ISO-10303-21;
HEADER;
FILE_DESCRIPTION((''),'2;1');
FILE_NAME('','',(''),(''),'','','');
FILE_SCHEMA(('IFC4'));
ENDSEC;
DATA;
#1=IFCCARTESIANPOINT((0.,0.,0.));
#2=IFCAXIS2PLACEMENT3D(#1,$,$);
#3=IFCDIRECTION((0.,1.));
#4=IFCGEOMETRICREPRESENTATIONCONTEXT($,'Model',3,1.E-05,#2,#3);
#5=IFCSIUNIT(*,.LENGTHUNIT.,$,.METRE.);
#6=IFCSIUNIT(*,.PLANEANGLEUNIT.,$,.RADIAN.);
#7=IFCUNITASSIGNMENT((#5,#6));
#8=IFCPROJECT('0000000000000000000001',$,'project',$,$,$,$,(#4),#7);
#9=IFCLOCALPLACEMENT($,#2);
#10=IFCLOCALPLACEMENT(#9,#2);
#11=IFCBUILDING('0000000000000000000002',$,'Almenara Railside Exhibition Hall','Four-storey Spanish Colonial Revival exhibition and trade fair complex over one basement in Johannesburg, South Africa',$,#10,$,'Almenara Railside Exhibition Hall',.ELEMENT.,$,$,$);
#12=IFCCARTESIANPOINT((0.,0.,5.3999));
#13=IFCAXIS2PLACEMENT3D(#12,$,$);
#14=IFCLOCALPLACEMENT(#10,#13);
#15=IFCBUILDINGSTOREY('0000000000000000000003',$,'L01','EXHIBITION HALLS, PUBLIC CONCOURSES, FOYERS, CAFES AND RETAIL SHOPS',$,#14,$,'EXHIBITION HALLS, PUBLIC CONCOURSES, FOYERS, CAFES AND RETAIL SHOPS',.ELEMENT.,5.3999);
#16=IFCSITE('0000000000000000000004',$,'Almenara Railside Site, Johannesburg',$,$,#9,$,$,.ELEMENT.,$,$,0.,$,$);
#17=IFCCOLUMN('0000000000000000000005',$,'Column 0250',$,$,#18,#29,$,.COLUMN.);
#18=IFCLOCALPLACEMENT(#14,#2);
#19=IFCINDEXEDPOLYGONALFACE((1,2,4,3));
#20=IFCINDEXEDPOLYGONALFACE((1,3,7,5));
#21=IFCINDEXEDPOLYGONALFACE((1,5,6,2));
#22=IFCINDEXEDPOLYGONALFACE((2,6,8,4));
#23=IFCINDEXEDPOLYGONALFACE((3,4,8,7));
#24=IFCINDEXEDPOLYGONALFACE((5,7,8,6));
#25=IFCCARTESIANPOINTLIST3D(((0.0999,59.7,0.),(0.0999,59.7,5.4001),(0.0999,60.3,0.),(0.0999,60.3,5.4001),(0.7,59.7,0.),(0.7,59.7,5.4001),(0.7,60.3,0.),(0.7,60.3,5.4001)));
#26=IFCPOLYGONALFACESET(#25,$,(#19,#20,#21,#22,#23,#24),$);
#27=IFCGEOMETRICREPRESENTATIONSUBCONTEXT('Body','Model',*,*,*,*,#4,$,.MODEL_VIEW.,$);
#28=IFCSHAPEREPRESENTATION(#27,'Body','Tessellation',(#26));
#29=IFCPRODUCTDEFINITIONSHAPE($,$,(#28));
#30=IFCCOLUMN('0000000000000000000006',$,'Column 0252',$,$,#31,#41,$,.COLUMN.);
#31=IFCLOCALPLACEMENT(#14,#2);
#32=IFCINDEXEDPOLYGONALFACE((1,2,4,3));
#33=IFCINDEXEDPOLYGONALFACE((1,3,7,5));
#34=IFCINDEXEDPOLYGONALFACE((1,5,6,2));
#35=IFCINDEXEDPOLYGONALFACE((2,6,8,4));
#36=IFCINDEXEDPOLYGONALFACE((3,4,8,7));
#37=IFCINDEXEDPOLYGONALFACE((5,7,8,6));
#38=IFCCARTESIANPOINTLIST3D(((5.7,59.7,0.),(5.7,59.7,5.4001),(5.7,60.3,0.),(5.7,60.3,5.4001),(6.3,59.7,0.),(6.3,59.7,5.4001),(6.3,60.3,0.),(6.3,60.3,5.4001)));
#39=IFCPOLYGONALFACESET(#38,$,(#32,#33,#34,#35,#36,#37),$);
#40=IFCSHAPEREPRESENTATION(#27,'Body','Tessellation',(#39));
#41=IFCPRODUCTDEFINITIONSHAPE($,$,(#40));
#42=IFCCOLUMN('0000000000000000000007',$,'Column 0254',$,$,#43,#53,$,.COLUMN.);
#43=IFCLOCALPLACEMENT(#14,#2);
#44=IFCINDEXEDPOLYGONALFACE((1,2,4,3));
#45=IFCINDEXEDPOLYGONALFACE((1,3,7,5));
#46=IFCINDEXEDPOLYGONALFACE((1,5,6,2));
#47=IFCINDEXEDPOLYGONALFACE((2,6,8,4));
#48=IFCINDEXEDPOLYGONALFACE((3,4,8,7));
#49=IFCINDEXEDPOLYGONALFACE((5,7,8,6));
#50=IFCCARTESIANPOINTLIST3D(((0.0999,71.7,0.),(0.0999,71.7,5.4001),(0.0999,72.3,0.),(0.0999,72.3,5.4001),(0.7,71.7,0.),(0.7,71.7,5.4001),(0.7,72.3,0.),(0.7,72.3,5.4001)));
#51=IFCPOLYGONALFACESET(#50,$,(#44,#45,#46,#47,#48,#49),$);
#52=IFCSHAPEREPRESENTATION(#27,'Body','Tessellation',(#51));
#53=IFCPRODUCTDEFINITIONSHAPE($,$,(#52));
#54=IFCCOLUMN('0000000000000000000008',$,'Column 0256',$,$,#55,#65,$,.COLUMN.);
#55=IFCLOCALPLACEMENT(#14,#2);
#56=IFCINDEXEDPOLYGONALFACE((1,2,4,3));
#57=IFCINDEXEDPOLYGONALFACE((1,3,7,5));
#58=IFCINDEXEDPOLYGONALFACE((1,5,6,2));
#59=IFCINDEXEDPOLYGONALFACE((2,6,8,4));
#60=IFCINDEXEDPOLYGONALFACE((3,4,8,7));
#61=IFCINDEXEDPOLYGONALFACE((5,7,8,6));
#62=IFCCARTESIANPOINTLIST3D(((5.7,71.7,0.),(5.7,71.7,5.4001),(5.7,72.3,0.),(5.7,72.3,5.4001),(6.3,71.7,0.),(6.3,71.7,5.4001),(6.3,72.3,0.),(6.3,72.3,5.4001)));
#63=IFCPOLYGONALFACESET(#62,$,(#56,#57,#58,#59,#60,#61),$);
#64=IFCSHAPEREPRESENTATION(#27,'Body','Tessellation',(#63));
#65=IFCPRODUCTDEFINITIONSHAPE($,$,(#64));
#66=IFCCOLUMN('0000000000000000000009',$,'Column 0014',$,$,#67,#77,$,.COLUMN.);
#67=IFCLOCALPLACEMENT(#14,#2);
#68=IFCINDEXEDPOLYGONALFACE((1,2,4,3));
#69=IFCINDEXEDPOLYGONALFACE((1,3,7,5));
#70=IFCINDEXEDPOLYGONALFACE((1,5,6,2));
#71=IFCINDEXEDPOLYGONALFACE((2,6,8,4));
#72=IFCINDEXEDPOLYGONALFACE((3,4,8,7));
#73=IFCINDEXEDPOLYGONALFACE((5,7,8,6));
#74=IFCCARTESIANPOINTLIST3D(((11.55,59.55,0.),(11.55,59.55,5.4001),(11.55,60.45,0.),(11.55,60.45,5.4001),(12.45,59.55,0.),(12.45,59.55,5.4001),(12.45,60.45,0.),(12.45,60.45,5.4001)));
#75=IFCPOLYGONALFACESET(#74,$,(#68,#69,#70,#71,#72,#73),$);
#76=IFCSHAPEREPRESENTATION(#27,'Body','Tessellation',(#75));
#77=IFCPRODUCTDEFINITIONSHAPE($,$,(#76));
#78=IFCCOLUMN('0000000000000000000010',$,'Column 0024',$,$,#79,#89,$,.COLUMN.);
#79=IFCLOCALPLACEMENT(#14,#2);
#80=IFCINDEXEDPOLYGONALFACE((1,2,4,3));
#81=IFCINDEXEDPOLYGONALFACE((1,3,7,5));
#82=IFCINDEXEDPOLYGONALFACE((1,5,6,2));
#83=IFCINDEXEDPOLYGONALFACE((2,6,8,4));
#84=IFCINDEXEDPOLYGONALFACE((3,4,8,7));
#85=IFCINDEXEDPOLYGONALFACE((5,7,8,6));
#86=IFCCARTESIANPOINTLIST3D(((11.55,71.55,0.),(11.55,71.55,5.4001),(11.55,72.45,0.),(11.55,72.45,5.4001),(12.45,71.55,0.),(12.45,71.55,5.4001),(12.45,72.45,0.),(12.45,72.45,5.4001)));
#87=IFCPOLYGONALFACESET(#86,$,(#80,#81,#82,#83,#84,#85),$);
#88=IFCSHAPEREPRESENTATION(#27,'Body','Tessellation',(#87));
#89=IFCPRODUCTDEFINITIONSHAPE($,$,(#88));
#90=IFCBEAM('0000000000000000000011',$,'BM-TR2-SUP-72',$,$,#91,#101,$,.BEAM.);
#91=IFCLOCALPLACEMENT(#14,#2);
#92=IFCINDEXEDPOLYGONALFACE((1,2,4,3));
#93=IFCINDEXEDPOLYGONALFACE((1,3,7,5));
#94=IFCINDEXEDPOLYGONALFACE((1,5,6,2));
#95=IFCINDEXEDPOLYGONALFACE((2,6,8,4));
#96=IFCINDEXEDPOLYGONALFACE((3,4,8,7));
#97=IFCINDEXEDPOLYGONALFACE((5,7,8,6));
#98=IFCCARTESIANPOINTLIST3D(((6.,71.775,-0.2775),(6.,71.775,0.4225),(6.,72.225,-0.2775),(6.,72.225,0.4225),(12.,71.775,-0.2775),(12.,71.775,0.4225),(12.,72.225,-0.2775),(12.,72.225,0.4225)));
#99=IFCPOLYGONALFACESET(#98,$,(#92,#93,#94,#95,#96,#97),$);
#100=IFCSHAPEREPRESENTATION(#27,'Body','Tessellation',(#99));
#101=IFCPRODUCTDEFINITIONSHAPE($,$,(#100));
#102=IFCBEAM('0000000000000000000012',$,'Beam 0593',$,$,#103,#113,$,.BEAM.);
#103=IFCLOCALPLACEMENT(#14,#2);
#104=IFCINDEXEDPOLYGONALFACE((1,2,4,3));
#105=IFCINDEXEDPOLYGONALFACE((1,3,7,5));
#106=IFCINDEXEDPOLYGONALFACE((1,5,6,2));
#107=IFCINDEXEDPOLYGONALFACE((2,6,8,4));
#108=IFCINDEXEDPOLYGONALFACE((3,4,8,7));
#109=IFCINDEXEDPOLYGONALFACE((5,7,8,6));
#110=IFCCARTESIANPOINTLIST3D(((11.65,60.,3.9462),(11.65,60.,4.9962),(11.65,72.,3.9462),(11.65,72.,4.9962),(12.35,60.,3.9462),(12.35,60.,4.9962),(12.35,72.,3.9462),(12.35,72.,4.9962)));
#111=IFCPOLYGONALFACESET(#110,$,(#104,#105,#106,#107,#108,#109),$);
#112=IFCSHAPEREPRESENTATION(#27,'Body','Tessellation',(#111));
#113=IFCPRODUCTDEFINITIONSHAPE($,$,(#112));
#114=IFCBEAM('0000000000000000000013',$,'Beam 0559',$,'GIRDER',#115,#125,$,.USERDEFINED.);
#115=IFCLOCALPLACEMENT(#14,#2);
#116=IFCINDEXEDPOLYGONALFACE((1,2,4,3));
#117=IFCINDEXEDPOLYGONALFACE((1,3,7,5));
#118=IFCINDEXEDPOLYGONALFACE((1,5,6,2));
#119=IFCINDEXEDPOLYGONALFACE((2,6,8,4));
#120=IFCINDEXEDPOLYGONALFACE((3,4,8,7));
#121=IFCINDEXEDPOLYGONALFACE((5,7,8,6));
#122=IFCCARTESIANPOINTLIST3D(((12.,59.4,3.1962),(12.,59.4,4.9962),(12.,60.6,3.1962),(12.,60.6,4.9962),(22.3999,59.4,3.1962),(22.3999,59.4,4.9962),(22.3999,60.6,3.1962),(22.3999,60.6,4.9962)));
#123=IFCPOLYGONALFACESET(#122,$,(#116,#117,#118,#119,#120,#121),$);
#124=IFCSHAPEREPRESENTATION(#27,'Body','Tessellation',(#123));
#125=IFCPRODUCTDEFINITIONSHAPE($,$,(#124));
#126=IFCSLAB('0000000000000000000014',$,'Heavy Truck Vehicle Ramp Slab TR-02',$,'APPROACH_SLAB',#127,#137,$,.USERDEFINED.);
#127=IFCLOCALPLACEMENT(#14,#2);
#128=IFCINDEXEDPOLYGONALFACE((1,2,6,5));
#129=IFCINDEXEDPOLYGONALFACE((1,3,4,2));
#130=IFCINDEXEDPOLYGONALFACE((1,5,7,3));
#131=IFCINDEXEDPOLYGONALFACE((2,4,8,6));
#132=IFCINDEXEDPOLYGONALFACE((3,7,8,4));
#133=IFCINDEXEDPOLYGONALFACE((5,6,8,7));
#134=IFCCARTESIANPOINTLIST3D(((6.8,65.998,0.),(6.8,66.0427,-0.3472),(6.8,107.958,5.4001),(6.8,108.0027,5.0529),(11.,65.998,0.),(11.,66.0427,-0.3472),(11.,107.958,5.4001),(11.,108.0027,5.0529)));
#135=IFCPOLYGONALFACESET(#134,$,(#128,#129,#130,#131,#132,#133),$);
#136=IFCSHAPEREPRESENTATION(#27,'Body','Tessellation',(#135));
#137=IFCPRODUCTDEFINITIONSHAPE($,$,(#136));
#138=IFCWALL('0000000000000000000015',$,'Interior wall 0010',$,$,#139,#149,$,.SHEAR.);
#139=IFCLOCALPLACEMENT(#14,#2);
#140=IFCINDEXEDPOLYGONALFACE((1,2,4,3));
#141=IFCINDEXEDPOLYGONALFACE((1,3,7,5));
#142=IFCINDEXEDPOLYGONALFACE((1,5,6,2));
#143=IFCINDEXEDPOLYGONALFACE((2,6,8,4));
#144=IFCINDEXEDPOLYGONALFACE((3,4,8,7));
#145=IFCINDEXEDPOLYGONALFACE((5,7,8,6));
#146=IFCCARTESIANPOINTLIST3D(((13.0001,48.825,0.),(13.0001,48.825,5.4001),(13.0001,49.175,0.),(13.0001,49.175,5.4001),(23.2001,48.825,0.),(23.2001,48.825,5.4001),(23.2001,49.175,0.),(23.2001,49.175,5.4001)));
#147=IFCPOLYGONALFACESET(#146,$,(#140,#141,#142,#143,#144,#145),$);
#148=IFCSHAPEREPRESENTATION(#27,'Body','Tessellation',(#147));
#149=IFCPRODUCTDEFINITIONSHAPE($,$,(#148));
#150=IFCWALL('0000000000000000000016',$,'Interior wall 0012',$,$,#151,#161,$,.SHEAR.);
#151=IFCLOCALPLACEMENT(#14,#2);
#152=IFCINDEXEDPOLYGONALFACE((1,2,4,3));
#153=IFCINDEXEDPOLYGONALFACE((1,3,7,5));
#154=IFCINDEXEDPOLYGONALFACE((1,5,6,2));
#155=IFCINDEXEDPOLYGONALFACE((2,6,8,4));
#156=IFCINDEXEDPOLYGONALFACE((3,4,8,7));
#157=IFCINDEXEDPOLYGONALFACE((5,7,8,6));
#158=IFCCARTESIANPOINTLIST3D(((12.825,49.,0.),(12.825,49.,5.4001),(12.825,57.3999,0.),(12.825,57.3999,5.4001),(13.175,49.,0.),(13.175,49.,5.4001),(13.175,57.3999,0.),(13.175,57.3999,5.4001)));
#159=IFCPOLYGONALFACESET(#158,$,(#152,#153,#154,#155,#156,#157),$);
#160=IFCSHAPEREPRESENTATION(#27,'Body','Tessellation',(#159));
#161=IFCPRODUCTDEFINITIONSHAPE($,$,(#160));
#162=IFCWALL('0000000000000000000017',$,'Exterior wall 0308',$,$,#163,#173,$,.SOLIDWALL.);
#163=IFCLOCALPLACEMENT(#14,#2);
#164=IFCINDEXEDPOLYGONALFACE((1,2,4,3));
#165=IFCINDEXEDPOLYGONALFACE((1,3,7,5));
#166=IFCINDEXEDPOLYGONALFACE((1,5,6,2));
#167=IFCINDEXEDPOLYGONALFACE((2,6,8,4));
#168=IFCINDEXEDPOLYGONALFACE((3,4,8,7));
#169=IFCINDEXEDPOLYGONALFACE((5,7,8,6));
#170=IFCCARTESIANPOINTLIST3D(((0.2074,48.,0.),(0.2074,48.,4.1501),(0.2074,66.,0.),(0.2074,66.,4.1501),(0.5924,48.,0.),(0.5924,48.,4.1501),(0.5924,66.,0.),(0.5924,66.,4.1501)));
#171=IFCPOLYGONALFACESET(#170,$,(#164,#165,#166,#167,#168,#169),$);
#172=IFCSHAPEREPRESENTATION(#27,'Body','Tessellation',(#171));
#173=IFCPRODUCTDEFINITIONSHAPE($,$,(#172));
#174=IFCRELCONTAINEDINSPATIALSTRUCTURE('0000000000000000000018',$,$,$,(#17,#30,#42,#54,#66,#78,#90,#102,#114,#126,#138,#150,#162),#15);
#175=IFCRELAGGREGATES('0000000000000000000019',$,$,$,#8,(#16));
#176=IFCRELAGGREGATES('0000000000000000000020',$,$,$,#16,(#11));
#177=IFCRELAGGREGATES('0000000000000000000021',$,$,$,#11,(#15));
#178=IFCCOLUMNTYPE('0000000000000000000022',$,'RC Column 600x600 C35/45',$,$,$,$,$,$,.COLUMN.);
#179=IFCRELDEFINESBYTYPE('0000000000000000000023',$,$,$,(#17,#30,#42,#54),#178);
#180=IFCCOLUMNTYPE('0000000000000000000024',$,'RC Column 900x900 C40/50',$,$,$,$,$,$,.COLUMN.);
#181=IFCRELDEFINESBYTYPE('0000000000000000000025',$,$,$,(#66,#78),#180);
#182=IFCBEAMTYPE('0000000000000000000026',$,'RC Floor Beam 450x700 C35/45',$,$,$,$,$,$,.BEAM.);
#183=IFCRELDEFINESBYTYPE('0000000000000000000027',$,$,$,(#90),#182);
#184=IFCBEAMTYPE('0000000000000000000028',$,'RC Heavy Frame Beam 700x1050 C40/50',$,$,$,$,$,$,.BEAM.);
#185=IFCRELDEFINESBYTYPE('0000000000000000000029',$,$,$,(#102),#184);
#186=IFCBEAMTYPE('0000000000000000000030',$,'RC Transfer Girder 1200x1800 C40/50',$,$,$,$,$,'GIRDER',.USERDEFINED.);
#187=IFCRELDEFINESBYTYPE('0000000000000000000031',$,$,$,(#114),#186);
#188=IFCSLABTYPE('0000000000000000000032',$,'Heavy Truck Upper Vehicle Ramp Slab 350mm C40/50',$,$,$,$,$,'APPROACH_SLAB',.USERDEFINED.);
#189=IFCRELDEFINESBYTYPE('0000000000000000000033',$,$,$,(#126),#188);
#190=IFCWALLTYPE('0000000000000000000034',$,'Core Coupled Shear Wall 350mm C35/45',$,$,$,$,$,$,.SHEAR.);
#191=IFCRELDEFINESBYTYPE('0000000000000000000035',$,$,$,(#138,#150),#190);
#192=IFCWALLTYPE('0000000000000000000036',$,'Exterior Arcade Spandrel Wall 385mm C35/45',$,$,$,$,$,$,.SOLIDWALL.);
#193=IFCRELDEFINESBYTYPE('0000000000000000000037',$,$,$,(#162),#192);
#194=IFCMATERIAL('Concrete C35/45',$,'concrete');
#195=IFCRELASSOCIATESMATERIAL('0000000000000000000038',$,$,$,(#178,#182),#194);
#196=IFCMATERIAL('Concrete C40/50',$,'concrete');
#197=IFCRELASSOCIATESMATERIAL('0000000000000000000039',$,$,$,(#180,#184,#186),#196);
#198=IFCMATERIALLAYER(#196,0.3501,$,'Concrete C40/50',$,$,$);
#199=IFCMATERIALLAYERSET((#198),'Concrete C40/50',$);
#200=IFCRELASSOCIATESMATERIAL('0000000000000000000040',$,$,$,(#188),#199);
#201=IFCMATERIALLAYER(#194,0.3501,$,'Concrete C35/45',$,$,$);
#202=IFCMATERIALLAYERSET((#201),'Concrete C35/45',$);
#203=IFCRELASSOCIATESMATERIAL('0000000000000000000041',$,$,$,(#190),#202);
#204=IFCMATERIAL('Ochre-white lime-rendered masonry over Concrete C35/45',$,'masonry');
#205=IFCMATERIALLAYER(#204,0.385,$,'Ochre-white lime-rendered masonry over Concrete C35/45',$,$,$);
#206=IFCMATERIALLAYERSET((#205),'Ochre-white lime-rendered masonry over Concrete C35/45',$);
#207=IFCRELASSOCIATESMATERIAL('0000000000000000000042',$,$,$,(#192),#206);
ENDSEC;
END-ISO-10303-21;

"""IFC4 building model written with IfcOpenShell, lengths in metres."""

from ifc_helpers import new_model, si_unit, direction, frame, frame_2d, origin, origin_2d, place, context, subcontext, project, spatial, polyline, rectangle, outline, extrude, material, layer, layer_set, material_profile, profile_set, type_object, element, save


model = new_model("IFC4")

# Units and contexts
model_context = context("Model", 3, precision=1e-05, world=origin(), true_north=direction((0.0, 1.0)))
body_context = subcontext(model_context, "Body", "Model", "MODEL_VIEW")
ifc_project = project(units=[si_unit("LENGTHUNIT", "METRE"), si_unit("PLANEANGLEUNIT", "RADIAN")], contexts=[model_context])

# Site, building, storey
site_placement = place(None, origin())
site = spatial("IfcSite", under=ifc_project, at=site_placement, Name="Almenara Railside Site, Johannesburg", CompositionType="ELEMENT", RefElevation=0.0)
building_placement = place(site_placement, origin())
building = spatial("IfcBuilding", under=site, at=building_placement, Name="Almenara Railside Exhibition Hall", Description="Four-storey Spanish Colonial Revival exhibition and trade fair complex over one basement in Johannesburg, South Africa", LongName="Almenara Railside Exhibition Hall", CompositionType="ELEMENT")
storey_placement = place(building_placement, frame((0.0, 0.0, 5.3999)))
storey = spatial("IfcBuildingStorey", under=building, at=storey_placement, Name="L01", Description="EXHIBITION HALLS, PUBLIC CONCOURSES, FOYERS, CAFES AND RETAIL SHOPS", LongName="EXHIBITION HALLS, PUBLIC CONCOURSES, FOYERS, CAFES AND RETAIL SHOPS", CompositionType="ELEMENT", Elevation=5.3999)

# Columns
ifc_material_1 = material(Name="Concrete C35/45", Category="concrete")
ifc_material_profile_1 = material_profile(ifc_material_1, rectangle(XDim=0.6001, YDim=0.6001, at=origin_2d()), Name="RC 600x600")
ifc_profile_set_1 = profile_set([ifc_material_profile_1], Name="Concrete C35/45")
column_type_1 = type_object("IfcColumnType", Name="RC Column 600x600 C35/45", PredefinedType="COLUMN", material=ifc_profile_set_1)
for number, where, z_axis, x_axis, name in (
    (1, (0.3999, 60.0, 0.0), (0.0, 0.0, 1.0), (1.0, 0.0, 0.0), "Column 0250"),
    (2, (6.0, 60.0, 0.0), (0.0, 0.0, 1.0), (1.0, 0.0, 0.0), "Column 0252"),
    (3, (0.3999, 72.0, 0.0), (0.0, 0.0, 1.0), (1.0, 0.0, 0.0), "Column 0254"),
    (4, (6.0, 72.0, 0.0), (0.0, 0.0, 1.0), (1.0, 0.0, 0.0), "Column 0256"),
):
    element("IfcColumn", number, at=place(storey_placement, frame(where, z_axis=z_axis, x_axis=x_axis)), inside=storey, type_object=column_type_1, Name=name, PredefinedType="COLUMN", context=body_context, shape_type="SweptSolid", body=[
        extrude(rectangle(XDim=0.6001, YDim=0.6001, at=origin_2d()), origin(), (0.0, 0.0, 1.0), 5.4001),
    ])
ifc_material_2 = material(Name="Concrete C40/50", Category="concrete")
ifc_material_profile_2 = material_profile(ifc_material_2, rectangle(XDim=0.8999, YDim=0.8999, at=origin_2d()), Name="RC 900x900")
ifc_profile_set_2 = profile_set([ifc_material_profile_2], Name="Concrete C40/50")
column_type_2 = type_object("IfcColumnType", Name="RC Column 900x900 C40/50", PredefinedType="COLUMN", material=ifc_profile_set_2)
for number, where, z_axis, x_axis, name in (
    (5, (12.0, 60.0, 0.0), (0.0, 0.0, 1.0), (1.0, 0.0, 0.0), "Column 0014"),
    (6, (12.0, 72.0, 0.0), (0.0, 0.0, 1.0), (1.0, 0.0, 0.0), "Column 0024"),
):
    element("IfcColumn", number, at=place(storey_placement, frame(where, z_axis=z_axis, x_axis=x_axis)), inside=storey, type_object=column_type_2, Name=name, PredefinedType="COLUMN", context=body_context, shape_type="SweptSolid", body=[
        extrude(rectangle(XDim=0.8999, YDim=0.8999, at=origin_2d()), origin(), (0.0, 0.0, 1.0), 5.4001),
    ])

# Beams
ifc_material_profile_3 = material_profile(ifc_material_1, rectangle(XDim=0.45, YDim=0.7, at=origin_2d()), Name="RC 450x700")
ifc_profile_set_3 = profile_set([ifc_material_profile_3], Name="Concrete C35/45")
beam_type_1 = type_object("IfcBeamType", Name="RC Floor Beam 450x700 C35/45", PredefinedType="BEAM", material=ifc_profile_set_3)
beam_1_placement = place(storey_placement, frame((6.0, 72.0, 0.0725), z_axis=(1.0, 0.0, 0.0), x_axis=(0.0, 1.0, 0.0)))
element("IfcBeam", 7, at=beam_1_placement, inside=storey, type_object=beam_type_1, Name="BM-TR2-SUP-72", PredefinedType="BEAM", context=body_context, shape_type="SweptSolid", body=[
    extrude(rectangle(XDim=0.45, YDim=0.7, at=origin_2d()), origin(), (0.0, 0.0, 1.0), 6.0),
])
ifc_material_profile_4 = material_profile(ifc_material_2, rectangle(XDim=0.7, YDim=1.05, at=origin_2d()), Name="RC 700x1050")
ifc_profile_set_4 = profile_set([ifc_material_profile_4], Name="Concrete C40/50")
beam_type_2 = type_object("IfcBeamType", Name="RC Heavy Frame Beam 700x1050 C40/50", PredefinedType="BEAM", material=ifc_profile_set_4)
beam_2_placement = place(storey_placement, frame((12.0, 60.0, 4.4712), z_axis=(0.0, 1.0, 0.0), x_axis=(-1.0, 0.0, 0.0)))
element("IfcBeam", 8, at=beam_2_placement, inside=storey, type_object=beam_type_2, Name="Beam 0593", PredefinedType="BEAM", context=body_context, shape_type="SweptSolid", body=[
    extrude(rectangle(XDim=0.7, YDim=1.05, at=origin_2d()), origin(), (0.0, 0.0, 1.0), 12.0),
])
ifc_material_profile_5 = material_profile(ifc_material_2, rectangle(XDim=1.2, YDim=1.8, at=origin_2d()), Name="RC 1200x1800")
ifc_profile_set_5 = profile_set([ifc_material_profile_5], Name="Concrete C40/50")
beam_type_3 = type_object("IfcBeamType", Name="RC Transfer Girder 1200x1800 C40/50", ElementType="GIRDER", PredefinedType="USERDEFINED", material=ifc_profile_set_5)
beam_3_placement = place(storey_placement, frame((12.0, 60.0, 4.0962), z_axis=(1.0, 0.0, 0.0), x_axis=(0.0, 1.0, 0.0)))
element("IfcBeam", 9, at=beam_3_placement, inside=storey, type_object=beam_type_3, Name="Beam 0559", ObjectType="GIRDER", PredefinedType="USERDEFINED", context=body_context, shape_type="SweptSolid", body=[
    extrude(rectangle(XDim=1.2, YDim=1.8, at=origin_2d()), origin(), (0.0, 0.0, 1.0), 10.3999),
])

# Slab
ifc_layer_1 = layer(ifc_material_2, 0.3501, Name="Concrete C40/50")
ifc_layer_set_1 = layer_set([ifc_layer_1], Name="Concrete C40/50")
slab_type = type_object("IfcSlabType", Name="Heavy Truck Upper Vehicle Ramp Slab 350mm C40/50", ElementType="APPROACH_SLAB", PredefinedType="USERDEFINED", material=ifc_layer_set_1)
slab_placement = place(storey_placement, frame((6.8, 65.998, 0.0), z_axis=(0.0, -0.127645, 0.99182), x_axis=(1.0, 0.0, 0.0)))
element("IfcSlab", 10, at=slab_placement, inside=storey, type_object=slab_type, Name="Heavy Truck Vehicle Ramp Slab TR-02", ObjectType="APPROACH_SLAB", PredefinedType="USERDEFINED", context=body_context, shape_type="SweptSolid", body=[
    extrude(outline(polyline([(0.0, 0.0), (4.2, 0.0), (4.2, 42.306), (0.0, 42.306), (0.0, 0.0)])), origin(), (0.0, 0.0, -1.0), 0.3501),
])

# Walls
ifc_layer_2 = layer(ifc_material_1, 0.3501, Name="Concrete C35/45")
ifc_layer_set_2 = layer_set([ifc_layer_2], Name="Concrete C35/45")
wall_type_1 = type_object("IfcWallType", Name="Core Coupled Shear Wall 350mm C35/45", PredefinedType="SHEAR", material=ifc_layer_set_2)
wall_1_placement = place(storey_placement, frame((13.0, 49.0, 0.0), z_axis=(0.0, 0.0, 1.0), x_axis=(1.0, 0.0, 0.0)))
element("IfcWall", 11, at=wall_1_placement, inside=storey, type_object=wall_type_1, Name="Interior wall 0010", PredefinedType="SHEAR", context=body_context, shape_type="SweptSolid", body=[
    extrude(rectangle(XDim=10.2, YDim=0.3501, at=frame_2d((5.1001, 0.0))), origin(), (0.0, 0.0, 1.0), 5.4001),
])
wall_2_placement = place(storey_placement, frame((13.0, 57.3999, 0.0), z_axis=(0.0, 0.0, 1.0), x_axis=(0.0, -1.0, 0.0)))
element("IfcWall", 12, at=wall_2_placement, inside=storey, type_object=wall_type_1, Name="Interior wall 0012", PredefinedType="SHEAR", context=body_context, shape_type="SweptSolid", body=[
    extrude(rectangle(XDim=8.3999, YDim=0.3501, at=frame_2d((4.2, 0.0))), origin(), (0.0, 0.0, 1.0), 5.4001),
])
ifc_material_3 = material(Name="Ochre-white lime-rendered masonry over Concrete C35/45", Category="masonry")
ifc_layer_3 = layer(ifc_material_3, 0.385, Name="Ochre-white lime-rendered masonry over Concrete C35/45")
ifc_layer_set_3 = layer_set([ifc_layer_3], Name="Ochre-white lime-rendered masonry over Concrete C35/45")
wall_type_2 = type_object("IfcWallType", Name="Exterior Arcade Spandrel Wall 385mm C35/45", PredefinedType="SOLIDWALL", material=ifc_layer_set_3)
wall_3_placement = place(storey_placement, frame((0.3999, 66.0, 0.0), z_axis=(0.0, 0.0, 1.0), x_axis=(0.0, -1.0, 0.0)))
element("IfcWall", 13, at=wall_3_placement, inside=storey, type_object=wall_type_2, Name="Exterior wall 0308", PredefinedType="SOLIDWALL", context=body_context, shape_type="SweptSolid", body=[
    extrude(rectangle(XDim=18.0, YDim=0.385, at=frame_2d((9.0, 0.0))), origin(), (0.0, 0.0, 1.0), 4.1501),
])

save(model, "model.ifc")
